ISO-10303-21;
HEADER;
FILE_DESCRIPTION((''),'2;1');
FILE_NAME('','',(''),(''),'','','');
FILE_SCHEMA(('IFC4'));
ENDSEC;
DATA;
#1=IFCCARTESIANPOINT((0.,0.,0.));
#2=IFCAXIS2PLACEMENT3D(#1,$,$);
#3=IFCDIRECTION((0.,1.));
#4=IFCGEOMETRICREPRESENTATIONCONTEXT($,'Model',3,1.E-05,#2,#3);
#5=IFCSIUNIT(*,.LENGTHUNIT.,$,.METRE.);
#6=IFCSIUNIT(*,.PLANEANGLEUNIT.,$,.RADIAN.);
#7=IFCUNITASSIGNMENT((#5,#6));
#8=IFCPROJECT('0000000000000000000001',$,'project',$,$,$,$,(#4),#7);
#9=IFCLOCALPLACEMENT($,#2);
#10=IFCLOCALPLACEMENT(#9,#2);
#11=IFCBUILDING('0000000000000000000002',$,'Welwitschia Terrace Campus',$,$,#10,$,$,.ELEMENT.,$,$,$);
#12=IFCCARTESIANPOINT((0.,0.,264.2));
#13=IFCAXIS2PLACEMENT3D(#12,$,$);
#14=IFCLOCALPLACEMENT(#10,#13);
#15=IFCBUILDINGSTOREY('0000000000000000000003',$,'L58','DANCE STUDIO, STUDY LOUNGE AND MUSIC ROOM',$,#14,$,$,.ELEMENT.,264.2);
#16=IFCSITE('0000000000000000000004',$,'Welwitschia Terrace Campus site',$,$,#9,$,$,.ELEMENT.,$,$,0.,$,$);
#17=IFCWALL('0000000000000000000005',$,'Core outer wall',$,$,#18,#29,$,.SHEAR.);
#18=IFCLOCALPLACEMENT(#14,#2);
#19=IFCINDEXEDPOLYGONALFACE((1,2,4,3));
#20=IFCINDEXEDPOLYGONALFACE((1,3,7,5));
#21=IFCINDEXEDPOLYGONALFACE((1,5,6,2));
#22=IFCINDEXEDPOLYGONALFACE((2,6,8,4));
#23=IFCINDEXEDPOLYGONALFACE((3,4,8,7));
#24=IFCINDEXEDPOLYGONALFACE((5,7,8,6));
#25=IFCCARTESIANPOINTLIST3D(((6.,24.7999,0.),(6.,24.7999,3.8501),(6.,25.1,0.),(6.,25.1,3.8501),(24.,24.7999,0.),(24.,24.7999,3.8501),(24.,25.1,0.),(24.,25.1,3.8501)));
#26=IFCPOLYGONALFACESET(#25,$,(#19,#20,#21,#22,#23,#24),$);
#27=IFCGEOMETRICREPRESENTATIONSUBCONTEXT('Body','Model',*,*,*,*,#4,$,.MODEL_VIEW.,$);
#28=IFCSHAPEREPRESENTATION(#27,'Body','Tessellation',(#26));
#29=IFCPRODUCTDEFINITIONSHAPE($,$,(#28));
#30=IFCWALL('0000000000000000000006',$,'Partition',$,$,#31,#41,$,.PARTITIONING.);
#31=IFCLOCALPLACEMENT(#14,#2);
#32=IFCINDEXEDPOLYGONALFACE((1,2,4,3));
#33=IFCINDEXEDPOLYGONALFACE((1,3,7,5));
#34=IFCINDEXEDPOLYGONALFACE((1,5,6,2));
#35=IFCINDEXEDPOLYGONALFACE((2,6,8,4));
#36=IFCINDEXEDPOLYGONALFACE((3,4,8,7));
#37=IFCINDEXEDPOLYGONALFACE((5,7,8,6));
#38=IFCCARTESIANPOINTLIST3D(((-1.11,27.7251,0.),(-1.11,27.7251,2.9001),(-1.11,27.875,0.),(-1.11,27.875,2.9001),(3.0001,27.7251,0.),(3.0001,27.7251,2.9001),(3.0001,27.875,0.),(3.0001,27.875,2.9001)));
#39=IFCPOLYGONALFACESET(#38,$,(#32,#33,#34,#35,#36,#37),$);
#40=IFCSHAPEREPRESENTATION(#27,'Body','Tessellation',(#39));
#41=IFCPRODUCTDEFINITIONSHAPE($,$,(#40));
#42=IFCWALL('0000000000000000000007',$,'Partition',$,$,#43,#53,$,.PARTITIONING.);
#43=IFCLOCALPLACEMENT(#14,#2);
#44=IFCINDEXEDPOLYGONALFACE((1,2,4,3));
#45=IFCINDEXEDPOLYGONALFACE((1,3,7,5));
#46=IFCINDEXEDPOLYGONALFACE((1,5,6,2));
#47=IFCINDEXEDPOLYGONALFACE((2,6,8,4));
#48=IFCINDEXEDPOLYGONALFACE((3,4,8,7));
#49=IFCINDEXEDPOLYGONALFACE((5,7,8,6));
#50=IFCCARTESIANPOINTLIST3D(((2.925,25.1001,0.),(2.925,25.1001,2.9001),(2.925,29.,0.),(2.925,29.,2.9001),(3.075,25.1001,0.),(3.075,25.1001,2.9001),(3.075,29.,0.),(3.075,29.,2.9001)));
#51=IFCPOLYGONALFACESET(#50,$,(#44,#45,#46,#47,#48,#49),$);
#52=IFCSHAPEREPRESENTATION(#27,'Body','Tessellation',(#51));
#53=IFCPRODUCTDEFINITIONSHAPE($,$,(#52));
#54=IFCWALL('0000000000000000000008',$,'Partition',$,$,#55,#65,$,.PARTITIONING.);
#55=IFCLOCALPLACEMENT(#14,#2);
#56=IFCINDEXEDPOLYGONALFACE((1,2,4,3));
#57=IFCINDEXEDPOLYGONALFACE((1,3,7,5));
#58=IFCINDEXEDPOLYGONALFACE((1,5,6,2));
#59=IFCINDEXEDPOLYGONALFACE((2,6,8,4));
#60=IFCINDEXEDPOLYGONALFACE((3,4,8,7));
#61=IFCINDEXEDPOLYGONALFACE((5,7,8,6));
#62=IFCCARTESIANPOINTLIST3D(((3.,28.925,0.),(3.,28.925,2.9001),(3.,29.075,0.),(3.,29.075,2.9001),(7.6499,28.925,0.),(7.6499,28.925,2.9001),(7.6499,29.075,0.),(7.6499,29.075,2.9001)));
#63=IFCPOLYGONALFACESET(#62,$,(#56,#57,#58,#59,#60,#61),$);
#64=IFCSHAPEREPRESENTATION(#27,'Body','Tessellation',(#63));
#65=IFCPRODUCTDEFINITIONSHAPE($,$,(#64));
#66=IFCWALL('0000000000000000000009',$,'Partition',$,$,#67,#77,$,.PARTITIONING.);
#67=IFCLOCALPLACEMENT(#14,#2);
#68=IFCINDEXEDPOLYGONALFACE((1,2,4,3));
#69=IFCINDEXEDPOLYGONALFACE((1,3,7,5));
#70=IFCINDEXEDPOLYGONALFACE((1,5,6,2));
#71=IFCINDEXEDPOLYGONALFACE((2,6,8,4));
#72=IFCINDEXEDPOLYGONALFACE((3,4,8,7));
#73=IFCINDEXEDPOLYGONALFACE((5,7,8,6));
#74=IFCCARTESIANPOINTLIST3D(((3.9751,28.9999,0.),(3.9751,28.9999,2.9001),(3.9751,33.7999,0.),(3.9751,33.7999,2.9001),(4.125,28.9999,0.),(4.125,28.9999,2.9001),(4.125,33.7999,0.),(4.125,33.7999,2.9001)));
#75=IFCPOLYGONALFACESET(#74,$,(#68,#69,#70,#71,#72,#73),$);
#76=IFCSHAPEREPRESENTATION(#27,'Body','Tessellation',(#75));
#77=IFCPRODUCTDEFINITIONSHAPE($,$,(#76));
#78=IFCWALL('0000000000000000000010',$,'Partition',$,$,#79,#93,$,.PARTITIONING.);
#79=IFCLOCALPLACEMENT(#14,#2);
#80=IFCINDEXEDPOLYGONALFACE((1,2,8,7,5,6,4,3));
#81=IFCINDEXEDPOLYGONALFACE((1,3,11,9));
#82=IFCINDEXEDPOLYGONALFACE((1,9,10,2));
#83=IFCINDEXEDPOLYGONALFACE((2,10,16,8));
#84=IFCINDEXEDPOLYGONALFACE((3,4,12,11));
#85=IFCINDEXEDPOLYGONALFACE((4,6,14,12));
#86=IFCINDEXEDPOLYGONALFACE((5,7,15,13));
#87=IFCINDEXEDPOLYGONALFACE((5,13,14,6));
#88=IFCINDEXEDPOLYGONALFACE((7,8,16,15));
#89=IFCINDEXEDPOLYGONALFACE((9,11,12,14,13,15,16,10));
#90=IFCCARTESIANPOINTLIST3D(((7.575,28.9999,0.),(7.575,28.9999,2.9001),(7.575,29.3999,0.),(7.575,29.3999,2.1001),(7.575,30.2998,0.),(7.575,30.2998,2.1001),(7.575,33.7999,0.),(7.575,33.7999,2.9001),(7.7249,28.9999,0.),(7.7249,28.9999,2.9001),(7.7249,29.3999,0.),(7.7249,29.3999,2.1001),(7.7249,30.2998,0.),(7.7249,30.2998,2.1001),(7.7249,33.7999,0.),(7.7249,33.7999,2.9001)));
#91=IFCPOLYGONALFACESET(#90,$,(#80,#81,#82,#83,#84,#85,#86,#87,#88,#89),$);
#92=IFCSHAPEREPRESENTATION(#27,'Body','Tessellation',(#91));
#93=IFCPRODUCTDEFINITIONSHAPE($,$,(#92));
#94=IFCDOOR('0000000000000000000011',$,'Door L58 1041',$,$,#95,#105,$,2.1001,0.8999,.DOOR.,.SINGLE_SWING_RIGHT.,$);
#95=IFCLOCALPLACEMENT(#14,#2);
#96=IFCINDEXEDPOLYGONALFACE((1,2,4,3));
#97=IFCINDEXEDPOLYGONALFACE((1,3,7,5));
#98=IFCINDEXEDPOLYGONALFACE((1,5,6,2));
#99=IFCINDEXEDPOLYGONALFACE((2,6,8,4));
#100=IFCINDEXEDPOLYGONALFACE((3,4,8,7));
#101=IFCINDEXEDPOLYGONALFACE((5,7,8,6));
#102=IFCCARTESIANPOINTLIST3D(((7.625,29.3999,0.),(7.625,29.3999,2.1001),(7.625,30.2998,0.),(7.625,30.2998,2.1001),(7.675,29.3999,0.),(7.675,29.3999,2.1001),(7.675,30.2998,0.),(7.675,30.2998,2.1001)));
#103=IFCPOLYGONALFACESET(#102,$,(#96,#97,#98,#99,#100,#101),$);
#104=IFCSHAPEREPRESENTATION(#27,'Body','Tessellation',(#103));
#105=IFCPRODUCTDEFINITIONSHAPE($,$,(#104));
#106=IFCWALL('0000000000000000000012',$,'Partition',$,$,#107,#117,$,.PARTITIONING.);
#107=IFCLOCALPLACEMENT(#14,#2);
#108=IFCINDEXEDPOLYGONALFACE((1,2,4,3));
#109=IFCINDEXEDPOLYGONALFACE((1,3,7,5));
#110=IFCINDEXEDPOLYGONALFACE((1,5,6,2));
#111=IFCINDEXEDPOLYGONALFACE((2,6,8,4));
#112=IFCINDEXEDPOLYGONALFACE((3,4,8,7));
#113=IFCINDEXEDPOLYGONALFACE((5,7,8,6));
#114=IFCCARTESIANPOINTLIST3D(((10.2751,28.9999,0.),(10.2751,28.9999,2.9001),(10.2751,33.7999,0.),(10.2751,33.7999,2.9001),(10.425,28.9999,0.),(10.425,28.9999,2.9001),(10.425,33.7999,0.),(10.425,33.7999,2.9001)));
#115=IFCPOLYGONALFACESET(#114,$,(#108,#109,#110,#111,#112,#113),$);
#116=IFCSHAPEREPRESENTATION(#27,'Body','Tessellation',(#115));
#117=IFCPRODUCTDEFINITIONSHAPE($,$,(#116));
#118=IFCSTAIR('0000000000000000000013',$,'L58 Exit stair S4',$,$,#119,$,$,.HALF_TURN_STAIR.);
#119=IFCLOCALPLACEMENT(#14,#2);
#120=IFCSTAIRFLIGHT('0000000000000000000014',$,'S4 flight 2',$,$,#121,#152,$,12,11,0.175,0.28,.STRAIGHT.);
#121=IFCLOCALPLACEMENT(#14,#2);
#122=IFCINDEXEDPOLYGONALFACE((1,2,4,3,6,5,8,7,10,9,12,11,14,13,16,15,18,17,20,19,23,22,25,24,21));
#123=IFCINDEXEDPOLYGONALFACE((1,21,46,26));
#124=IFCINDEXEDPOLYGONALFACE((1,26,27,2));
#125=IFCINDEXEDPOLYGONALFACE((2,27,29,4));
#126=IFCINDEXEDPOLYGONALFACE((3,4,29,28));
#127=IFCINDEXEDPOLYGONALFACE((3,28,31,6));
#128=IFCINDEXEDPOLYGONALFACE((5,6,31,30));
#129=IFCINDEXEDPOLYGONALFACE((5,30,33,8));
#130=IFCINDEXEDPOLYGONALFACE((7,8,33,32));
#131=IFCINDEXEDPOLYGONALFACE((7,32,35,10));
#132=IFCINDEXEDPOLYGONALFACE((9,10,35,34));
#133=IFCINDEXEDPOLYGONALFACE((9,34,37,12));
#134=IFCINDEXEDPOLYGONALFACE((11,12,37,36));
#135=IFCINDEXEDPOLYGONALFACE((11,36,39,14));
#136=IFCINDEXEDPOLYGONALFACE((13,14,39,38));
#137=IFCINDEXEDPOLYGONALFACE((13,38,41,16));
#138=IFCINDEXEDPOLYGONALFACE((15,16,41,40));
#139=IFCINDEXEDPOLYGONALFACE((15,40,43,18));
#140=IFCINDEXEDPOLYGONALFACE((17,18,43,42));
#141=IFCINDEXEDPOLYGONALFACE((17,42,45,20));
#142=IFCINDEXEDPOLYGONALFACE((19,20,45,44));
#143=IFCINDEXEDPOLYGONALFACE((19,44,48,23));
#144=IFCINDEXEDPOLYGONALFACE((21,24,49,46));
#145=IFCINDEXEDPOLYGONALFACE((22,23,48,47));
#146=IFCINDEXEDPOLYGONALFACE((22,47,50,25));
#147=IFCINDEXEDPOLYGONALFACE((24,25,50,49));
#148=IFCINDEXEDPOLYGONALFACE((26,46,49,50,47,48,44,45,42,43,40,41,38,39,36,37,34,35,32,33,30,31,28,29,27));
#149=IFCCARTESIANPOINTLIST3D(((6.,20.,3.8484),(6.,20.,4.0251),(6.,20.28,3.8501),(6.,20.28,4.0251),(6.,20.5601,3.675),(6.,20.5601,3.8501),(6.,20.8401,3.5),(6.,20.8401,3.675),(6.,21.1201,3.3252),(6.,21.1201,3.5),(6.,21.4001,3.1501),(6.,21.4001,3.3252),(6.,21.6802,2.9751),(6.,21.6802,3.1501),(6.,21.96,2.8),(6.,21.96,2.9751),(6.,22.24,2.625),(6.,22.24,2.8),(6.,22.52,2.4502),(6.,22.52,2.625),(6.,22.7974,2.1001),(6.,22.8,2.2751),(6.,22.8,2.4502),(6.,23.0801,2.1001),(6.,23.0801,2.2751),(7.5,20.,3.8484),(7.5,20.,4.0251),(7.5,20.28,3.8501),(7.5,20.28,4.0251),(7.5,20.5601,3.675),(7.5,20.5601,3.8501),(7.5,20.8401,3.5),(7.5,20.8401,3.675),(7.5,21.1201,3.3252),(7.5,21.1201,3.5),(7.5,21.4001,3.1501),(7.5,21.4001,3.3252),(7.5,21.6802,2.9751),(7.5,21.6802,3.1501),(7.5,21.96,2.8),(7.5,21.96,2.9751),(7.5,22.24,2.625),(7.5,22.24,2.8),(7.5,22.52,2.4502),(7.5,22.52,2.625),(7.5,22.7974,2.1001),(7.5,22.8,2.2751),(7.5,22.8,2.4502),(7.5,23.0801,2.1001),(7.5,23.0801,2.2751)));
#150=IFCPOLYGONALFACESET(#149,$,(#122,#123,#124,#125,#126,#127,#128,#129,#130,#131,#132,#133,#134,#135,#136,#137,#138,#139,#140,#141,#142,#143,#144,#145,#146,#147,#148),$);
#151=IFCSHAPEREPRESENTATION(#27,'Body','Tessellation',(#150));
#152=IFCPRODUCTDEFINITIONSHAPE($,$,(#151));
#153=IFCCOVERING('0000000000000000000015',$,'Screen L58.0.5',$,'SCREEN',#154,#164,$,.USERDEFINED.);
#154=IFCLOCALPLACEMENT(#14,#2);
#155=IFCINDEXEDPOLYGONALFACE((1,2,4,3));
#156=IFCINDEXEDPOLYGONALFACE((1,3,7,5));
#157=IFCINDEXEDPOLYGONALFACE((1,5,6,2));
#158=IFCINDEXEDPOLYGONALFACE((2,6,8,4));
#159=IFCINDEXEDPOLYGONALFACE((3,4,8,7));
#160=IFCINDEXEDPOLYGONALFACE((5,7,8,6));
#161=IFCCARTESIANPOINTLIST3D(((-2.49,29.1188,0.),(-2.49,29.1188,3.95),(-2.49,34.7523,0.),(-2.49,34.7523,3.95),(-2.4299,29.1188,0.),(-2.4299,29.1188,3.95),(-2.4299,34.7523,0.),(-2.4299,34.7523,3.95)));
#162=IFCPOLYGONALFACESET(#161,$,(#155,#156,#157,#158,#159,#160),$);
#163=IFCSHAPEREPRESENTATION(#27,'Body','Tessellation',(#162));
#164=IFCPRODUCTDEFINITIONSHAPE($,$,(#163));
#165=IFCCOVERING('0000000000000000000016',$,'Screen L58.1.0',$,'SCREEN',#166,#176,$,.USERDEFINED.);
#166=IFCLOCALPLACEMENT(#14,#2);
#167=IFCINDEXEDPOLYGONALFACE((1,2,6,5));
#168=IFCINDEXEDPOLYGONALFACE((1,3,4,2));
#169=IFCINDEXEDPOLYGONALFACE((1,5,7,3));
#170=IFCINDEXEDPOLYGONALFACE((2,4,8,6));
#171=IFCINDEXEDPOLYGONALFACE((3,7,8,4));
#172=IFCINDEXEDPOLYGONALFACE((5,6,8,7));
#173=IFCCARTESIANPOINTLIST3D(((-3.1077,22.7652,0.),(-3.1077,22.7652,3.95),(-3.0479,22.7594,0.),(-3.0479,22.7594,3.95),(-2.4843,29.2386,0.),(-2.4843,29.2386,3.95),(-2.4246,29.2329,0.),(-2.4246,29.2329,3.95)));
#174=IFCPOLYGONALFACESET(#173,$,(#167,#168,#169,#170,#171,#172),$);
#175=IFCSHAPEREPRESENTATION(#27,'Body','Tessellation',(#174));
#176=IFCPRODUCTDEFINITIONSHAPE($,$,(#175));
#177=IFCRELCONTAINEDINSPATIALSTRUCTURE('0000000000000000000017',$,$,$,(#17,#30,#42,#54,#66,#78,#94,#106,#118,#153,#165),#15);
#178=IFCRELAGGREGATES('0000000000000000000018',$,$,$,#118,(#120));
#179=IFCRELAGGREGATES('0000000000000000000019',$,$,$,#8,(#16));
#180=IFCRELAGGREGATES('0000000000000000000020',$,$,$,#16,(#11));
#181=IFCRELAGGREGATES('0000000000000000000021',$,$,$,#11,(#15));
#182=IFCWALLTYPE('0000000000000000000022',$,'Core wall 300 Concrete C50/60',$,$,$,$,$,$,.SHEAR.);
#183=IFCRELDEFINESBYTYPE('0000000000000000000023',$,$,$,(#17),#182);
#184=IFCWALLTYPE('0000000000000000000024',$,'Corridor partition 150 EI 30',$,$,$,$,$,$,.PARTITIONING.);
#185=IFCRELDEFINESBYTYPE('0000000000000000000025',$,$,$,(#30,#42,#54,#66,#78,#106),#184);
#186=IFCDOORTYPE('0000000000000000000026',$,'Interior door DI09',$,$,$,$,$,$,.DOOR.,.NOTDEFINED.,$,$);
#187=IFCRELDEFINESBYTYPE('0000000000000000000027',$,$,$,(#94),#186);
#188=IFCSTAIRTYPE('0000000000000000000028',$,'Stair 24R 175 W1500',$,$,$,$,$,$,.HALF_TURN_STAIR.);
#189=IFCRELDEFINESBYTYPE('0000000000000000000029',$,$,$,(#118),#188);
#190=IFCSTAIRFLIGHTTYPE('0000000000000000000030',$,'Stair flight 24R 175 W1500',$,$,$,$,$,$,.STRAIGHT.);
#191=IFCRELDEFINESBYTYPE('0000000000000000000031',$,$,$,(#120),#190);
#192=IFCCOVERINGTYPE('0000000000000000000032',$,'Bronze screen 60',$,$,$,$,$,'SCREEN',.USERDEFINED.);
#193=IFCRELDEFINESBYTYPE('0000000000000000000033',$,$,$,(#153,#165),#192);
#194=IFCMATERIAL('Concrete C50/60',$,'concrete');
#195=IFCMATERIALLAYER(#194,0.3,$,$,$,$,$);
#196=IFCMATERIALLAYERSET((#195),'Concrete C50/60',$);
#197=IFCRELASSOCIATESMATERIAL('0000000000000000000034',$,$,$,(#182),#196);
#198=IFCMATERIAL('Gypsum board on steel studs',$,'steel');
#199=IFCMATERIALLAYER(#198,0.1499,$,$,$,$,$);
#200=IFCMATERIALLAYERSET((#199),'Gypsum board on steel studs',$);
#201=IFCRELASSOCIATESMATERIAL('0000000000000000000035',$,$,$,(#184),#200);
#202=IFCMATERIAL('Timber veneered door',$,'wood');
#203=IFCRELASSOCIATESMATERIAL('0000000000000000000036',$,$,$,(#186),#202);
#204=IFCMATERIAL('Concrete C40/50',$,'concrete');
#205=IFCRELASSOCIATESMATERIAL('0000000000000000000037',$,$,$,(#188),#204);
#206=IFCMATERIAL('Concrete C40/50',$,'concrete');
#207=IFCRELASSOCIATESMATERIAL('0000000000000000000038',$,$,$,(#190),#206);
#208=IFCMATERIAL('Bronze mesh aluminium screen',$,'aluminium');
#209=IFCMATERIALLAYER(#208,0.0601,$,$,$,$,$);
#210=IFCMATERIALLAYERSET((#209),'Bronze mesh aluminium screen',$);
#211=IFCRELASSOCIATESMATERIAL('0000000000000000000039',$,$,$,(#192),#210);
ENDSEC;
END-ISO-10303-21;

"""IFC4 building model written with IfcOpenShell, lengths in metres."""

from ifc_helpers import new_model, si_unit, direction, frame, frame_2d, origin, origin_2d, place, context, subcontext, project, spatial, polyline, rectangle, outline, extrude, material, layer, layer_set, type_object, element, fill, aggregate, save


model = new_model("IFC4")

# Units and contexts
model_context = context("Model", 3, precision=1e-05, world=origin(), true_north=direction((0.0, 1.0)))
body_context = subcontext(model_context, "Body", "Model", "MODEL_VIEW")
ifc_project = project(units=[si_unit("LENGTHUNIT", "METRE"), si_unit("PLANEANGLEUNIT", "RADIAN")], contexts=[model_context])

# Site, building, storey
site_placement = place(None, origin())
site = spatial("IfcSite", under=ifc_project, at=site_placement, Name="Welwitschia Terrace Campus site", CompositionType="ELEMENT", RefElevation=0.0)
building_placement = place(site_placement, origin())
building = spatial("IfcBuilding", under=site, at=building_placement, Name="Welwitschia Terrace Campus", CompositionType="ELEMENT")
storey_placement = place(building_placement, frame((0.0, 0.0, 264.2)))
storey = spatial("IfcBuildingStorey", under=building, at=storey_placement, Name="L58", Description="DANCE STUDIO, STUDY LOUNGE AND MUSIC ROOM", CompositionType="ELEMENT", Elevation=264.2)

# Walls
ifc_material_1 = material(Name="Concrete C50/60", Category="concrete")
ifc_layer_1 = layer(ifc_material_1, 0.3)
ifc_layer_set_1 = layer_set([ifc_layer_1], Name="Concrete C50/60")
wall_type_1 = type_object("IfcWallType", Name="Core wall 300 Concrete C50/60", PredefinedType="SHEAR", material=ifc_layer_set_1)
wall_1_placement = place(storey_placement, frame((6.0, 24.95, 0.0), z_axis=(0.0, 0.0, 1.0), x_axis=(1.0, 0.0, 0.0)))
element("IfcWall", 1, at=wall_1_placement, inside=storey, type_object=wall_type_1, Name="Core outer wall", PredefinedType="SHEAR", context=body_context, shape_type="SweptSolid", body=[
    extrude(rectangle(XDim=18.0, YDim=0.3, at=frame_2d((9.0, 0.0))), origin(), (0.0, 0.0, 1.0), 3.8501),
])
ifc_material_2 = material(Name="Gypsum board on steel studs", Category="steel")
ifc_layer_2 = layer(ifc_material_2, 0.1499)
ifc_layer_set_2 = layer_set([ifc_layer_2], Name="Gypsum board on steel studs")
wall_type_2 = type_object("IfcWallType", Name="Corridor partition 150 EI 30", PredefinedType="PARTITIONING", material=ifc_layer_set_2)
wall_2_placement = place(storey_placement, frame((-1.1101, 27.8, 0.0), z_axis=(0.0, 0.0, 1.0), x_axis=(1.0, 0.0, 0.0)))
element("IfcWall", 2, at=wall_2_placement, inside=storey, type_object=wall_type_2, Name="Partition", PredefinedType="PARTITIONING", context=body_context, shape_type="SweptSolid", body=[
    extrude(rectangle(XDim=4.1101, YDim=0.1499, at=frame_2d((2.0552, 0.0))), origin(), (0.0, 0.0, 1.0), 2.9001),
])
wall_3_placement = place(storey_placement, frame((3.0, 25.1001, 0.0), z_axis=(0.0, 0.0, 1.0), x_axis=(0.0, 1.0, 0.0)))
element("IfcWall", 3, at=wall_3_placement, inside=storey, type_object=wall_type_2, Name="Partition", PredefinedType="PARTITIONING", context=body_context, shape_type="SweptSolid", body=[
    extrude(rectangle(XDim=3.8999, YDim=0.1499, at=frame_2d((1.95, 0.0))), origin(), (0.0, 0.0, 1.0), 2.9001),
])
wall_4_placement = place(storey_placement, frame((3.0, 29.0, 0.0), z_axis=(0.0, 0.0, 1.0), x_axis=(1.0, 0.0, 0.0)))
element("IfcWall", 4, at=wall_4_placement, inside=storey, type_object=wall_type_2, Name="Partition", PredefinedType="PARTITIONING", context=body_context, shape_type="SweptSolid", body=[
    extrude(rectangle(XDim=4.6499, YDim=0.1499, at=frame_2d((2.325, 0.0))), origin(), (0.0, 0.0, 1.0), 2.9001),
])
wall_5_placement = place(storey_placement, frame((4.05, 29.0, 0.0), z_axis=(0.0, 0.0, 1.0), x_axis=(0.0, 1.0, 0.0)))
element("IfcWall", 5, at=wall_5_placement, inside=storey, type_object=wall_type_2, Name="Partition", PredefinedType="PARTITIONING", context=body_context, shape_type="SweptSolid", body=[
    extrude(rectangle(XDim=4.8, YDim=0.1499, at=frame_2d((2.3999, 0.0))), origin(), (0.0, 0.0, 1.0), 2.9001),
])

# Wall, opening, door
wall_6_placement = place(storey_placement, frame((7.6499, 29.0, 0.0), z_axis=(0.0, 0.0, 1.0), x_axis=(0.0, 1.0, 0.0)))
wall_6 = element("IfcWall", 6, at=wall_6_placement, inside=storey, type_object=wall_type_2, Name="Partition", PredefinedType="PARTITIONING", context=body_context, shape_type="SweptSolid", body=[
    extrude(rectangle(XDim=4.8, YDim=0.1499, at=frame_2d((2.3999, 0.0))), origin(), (0.0, 0.0, 1.0), 2.9001),
])
opening_placement = place(wall_6_placement, frame((0.3999, 0.0, 0.0)))
opening = element("IfcOpeningElement", 7, at=opening_placement, cuts=wall_6, PredefinedType="OPENING", context=body_context, shape_type="SweptSolid", body=[
    extrude(rectangle(XDim=0.8999, YDim=2.1001, at=frame_2d((0.45, 1.05))), frame((0.0, 0.085, 0.0), z_axis=(0.0, -1.0, 0.0), x_axis=(1.0, 0.0, 0.0)), (0.0, 0.0, 1.0), 0.1699),
])
ifc_material_3 = material(Name="Timber veneered door", Category="wood")
door_type = type_object("IfcDoorType", Name="Interior door DI09", OperationType="NOTDEFINED", PredefinedType="DOOR", material=ifc_material_3)
door_placement = place(opening_placement, origin())
door = element("IfcDoor", 8, at=door_placement, inside=storey, type_object=door_type, Name="Door L58 1041", OperationType="SINGLE_SWING_RIGHT", OverallHeight=2.1001, OverallWidth=0.8999, PredefinedType="DOOR", context=body_context, shape_type="SweptSolid", body=[
    extrude(rectangle(XDim=0.8999, YDim=2.1001, at=frame_2d((0.45, 1.05))), frame((0.0, 0.0249, 0.0), z_axis=(0.0, -1.0, 0.0), x_axis=(1.0, 0.0, 0.0)), (0.0, 0.0, 1.0), 0.05),
])
fill(opening, door)

# Wall
wall_7_placement = place(storey_placement, frame((10.3501, 29.0, 0.0), z_axis=(0.0, 0.0, 1.0), x_axis=(0.0, 1.0, 0.0)))
element("IfcWall", 9, at=wall_7_placement, inside=storey, type_object=wall_type_2, Name="Partition", PredefinedType="PARTITIONING", context=body_context, shape_type="SweptSolid", body=[
    extrude(rectangle(XDim=4.8, YDim=0.1499, at=frame_2d((2.3999, 0.0))), origin(), (0.0, 0.0, 1.0), 2.9001),
])

# Stair, stair flight
ifc_material_4 = material(Name="Concrete C40/50", Category="concrete")
stair_type = type_object("IfcStairType", Name="Stair 24R 175 W1500", PredefinedType="HALF_TURN_STAIR", material=ifc_material_4)
stair_placement = place(storey_placement, origin())
stair = element("IfcStair", 10, at=stair_placement, inside=storey, type_object=stair_type, Name="L58 Exit stair S4", PredefinedType="HALF_TURN_STAIR")
ifc_material_5 = material(Name="Concrete C40/50", Category="concrete")
stair_flight_type = type_object("IfcStairFlightType", Name="Stair flight 24R 175 W1500", PredefinedType="STRAIGHT", material=ifc_material_5)
stair_flight_placement = place(storey_placement, frame((6.75, 23.0801, 2.1001), z_axis=(0.0, 0.0, 1.0), x_axis=(0.0, -1.0, 0.0)))
stair_flight = element("IfcStairFlight", 11, at=stair_flight_placement, type_object=stair_flight_type, Name="S4 flight 2", NumberOfRisers=12, NumberOfTreads=11, PredefinedType="STRAIGHT", RiserHeight=0.175, TreadLength=0.28, context=body_context, shape_type="SweptSolid", body=[
    extrude(outline(polyline([(0.0, 0.0), (0.0, 0.175), (0.28, 0.175), (0.28, 0.3501), (0.5601, 0.3501), (0.5601, 0.5249), (0.8401, 0.5249), (0.8401, 0.7), (1.1201, 0.7), (1.1201, 0.875), (1.3999, 0.875), (1.3999, 1.05), (1.6799, 1.05), (1.6799, 1.2251), (1.96, 1.2251), (1.96, 1.3999), (2.24, 1.3999), (2.24, 1.575), (2.52, 1.575), (2.52, 1.75), (2.8, 1.75), (2.8, 1.925), (3.0801, 1.925), (3.0801, 2.1001), (3.0801, 1.7483), (0.2827, 0.0), (0.0, 0.0)])), frame((0.0, 0.75, 0.0), z_axis=(0.0, -1.0, 0.0), x_axis=(1.0, 0.0, 0.0)), (0.0, 0.0, 1.0), 1.5),
])
aggregate(stair, [stair_flight])

# Coverings
ifc_material_6 = material(Name="Bronze mesh aluminium screen", Category="aluminium")
ifc_layer_3 = layer(ifc_material_6, 0.0601)
ifc_layer_set_3 = layer_set([ifc_layer_3], Name="Bronze mesh aluminium screen")
covering_type = type_object("IfcCoveringType", Name="Bronze screen 60", ElementType="SCREEN", PredefinedType="USERDEFINED", material=ifc_layer_set_3)
covering_1_placement = place(storey_placement, frame((-2.46, 31.9355, 0.0), z_axis=(0.0, 0.0, 1.0), x_axis=(0.0, -1.0, 0.0)))
element("IfcCovering", 12, at=covering_1_placement, inside=storey, type_object=covering_type, Name="Screen L58.0.5", ObjectType="SCREEN", PredefinedType="USERDEFINED", context=body_context, shape_type="SweptSolid", body=[
    extrude(rectangle(XDim=5.6335, YDim=0.0601, at=origin_2d()), origin(), (0.0, 0.0, 1.0), 3.95),
])
covering_2_placement = place(storey_placement, frame((-2.7661, 25.999, 0.0), z_axis=(0.0, 0.0, 1.0), x_axis=(-0.095846, -0.995396, 0.0)))
element("IfcCovering", 13, at=covering_2_placement, inside=storey, type_object=covering_type, Name="Screen L58.1.0", ObjectType="SCREEN", PredefinedType="USERDEFINED", context=body_context, shape_type="SweptSolid", body=[
    extrude(rectangle(XDim=6.5034, YDim=0.0601, at=origin_2d()), origin(), (0.0, 0.0, 1.0), 3.95),
])

save(model, "model.ifc")
